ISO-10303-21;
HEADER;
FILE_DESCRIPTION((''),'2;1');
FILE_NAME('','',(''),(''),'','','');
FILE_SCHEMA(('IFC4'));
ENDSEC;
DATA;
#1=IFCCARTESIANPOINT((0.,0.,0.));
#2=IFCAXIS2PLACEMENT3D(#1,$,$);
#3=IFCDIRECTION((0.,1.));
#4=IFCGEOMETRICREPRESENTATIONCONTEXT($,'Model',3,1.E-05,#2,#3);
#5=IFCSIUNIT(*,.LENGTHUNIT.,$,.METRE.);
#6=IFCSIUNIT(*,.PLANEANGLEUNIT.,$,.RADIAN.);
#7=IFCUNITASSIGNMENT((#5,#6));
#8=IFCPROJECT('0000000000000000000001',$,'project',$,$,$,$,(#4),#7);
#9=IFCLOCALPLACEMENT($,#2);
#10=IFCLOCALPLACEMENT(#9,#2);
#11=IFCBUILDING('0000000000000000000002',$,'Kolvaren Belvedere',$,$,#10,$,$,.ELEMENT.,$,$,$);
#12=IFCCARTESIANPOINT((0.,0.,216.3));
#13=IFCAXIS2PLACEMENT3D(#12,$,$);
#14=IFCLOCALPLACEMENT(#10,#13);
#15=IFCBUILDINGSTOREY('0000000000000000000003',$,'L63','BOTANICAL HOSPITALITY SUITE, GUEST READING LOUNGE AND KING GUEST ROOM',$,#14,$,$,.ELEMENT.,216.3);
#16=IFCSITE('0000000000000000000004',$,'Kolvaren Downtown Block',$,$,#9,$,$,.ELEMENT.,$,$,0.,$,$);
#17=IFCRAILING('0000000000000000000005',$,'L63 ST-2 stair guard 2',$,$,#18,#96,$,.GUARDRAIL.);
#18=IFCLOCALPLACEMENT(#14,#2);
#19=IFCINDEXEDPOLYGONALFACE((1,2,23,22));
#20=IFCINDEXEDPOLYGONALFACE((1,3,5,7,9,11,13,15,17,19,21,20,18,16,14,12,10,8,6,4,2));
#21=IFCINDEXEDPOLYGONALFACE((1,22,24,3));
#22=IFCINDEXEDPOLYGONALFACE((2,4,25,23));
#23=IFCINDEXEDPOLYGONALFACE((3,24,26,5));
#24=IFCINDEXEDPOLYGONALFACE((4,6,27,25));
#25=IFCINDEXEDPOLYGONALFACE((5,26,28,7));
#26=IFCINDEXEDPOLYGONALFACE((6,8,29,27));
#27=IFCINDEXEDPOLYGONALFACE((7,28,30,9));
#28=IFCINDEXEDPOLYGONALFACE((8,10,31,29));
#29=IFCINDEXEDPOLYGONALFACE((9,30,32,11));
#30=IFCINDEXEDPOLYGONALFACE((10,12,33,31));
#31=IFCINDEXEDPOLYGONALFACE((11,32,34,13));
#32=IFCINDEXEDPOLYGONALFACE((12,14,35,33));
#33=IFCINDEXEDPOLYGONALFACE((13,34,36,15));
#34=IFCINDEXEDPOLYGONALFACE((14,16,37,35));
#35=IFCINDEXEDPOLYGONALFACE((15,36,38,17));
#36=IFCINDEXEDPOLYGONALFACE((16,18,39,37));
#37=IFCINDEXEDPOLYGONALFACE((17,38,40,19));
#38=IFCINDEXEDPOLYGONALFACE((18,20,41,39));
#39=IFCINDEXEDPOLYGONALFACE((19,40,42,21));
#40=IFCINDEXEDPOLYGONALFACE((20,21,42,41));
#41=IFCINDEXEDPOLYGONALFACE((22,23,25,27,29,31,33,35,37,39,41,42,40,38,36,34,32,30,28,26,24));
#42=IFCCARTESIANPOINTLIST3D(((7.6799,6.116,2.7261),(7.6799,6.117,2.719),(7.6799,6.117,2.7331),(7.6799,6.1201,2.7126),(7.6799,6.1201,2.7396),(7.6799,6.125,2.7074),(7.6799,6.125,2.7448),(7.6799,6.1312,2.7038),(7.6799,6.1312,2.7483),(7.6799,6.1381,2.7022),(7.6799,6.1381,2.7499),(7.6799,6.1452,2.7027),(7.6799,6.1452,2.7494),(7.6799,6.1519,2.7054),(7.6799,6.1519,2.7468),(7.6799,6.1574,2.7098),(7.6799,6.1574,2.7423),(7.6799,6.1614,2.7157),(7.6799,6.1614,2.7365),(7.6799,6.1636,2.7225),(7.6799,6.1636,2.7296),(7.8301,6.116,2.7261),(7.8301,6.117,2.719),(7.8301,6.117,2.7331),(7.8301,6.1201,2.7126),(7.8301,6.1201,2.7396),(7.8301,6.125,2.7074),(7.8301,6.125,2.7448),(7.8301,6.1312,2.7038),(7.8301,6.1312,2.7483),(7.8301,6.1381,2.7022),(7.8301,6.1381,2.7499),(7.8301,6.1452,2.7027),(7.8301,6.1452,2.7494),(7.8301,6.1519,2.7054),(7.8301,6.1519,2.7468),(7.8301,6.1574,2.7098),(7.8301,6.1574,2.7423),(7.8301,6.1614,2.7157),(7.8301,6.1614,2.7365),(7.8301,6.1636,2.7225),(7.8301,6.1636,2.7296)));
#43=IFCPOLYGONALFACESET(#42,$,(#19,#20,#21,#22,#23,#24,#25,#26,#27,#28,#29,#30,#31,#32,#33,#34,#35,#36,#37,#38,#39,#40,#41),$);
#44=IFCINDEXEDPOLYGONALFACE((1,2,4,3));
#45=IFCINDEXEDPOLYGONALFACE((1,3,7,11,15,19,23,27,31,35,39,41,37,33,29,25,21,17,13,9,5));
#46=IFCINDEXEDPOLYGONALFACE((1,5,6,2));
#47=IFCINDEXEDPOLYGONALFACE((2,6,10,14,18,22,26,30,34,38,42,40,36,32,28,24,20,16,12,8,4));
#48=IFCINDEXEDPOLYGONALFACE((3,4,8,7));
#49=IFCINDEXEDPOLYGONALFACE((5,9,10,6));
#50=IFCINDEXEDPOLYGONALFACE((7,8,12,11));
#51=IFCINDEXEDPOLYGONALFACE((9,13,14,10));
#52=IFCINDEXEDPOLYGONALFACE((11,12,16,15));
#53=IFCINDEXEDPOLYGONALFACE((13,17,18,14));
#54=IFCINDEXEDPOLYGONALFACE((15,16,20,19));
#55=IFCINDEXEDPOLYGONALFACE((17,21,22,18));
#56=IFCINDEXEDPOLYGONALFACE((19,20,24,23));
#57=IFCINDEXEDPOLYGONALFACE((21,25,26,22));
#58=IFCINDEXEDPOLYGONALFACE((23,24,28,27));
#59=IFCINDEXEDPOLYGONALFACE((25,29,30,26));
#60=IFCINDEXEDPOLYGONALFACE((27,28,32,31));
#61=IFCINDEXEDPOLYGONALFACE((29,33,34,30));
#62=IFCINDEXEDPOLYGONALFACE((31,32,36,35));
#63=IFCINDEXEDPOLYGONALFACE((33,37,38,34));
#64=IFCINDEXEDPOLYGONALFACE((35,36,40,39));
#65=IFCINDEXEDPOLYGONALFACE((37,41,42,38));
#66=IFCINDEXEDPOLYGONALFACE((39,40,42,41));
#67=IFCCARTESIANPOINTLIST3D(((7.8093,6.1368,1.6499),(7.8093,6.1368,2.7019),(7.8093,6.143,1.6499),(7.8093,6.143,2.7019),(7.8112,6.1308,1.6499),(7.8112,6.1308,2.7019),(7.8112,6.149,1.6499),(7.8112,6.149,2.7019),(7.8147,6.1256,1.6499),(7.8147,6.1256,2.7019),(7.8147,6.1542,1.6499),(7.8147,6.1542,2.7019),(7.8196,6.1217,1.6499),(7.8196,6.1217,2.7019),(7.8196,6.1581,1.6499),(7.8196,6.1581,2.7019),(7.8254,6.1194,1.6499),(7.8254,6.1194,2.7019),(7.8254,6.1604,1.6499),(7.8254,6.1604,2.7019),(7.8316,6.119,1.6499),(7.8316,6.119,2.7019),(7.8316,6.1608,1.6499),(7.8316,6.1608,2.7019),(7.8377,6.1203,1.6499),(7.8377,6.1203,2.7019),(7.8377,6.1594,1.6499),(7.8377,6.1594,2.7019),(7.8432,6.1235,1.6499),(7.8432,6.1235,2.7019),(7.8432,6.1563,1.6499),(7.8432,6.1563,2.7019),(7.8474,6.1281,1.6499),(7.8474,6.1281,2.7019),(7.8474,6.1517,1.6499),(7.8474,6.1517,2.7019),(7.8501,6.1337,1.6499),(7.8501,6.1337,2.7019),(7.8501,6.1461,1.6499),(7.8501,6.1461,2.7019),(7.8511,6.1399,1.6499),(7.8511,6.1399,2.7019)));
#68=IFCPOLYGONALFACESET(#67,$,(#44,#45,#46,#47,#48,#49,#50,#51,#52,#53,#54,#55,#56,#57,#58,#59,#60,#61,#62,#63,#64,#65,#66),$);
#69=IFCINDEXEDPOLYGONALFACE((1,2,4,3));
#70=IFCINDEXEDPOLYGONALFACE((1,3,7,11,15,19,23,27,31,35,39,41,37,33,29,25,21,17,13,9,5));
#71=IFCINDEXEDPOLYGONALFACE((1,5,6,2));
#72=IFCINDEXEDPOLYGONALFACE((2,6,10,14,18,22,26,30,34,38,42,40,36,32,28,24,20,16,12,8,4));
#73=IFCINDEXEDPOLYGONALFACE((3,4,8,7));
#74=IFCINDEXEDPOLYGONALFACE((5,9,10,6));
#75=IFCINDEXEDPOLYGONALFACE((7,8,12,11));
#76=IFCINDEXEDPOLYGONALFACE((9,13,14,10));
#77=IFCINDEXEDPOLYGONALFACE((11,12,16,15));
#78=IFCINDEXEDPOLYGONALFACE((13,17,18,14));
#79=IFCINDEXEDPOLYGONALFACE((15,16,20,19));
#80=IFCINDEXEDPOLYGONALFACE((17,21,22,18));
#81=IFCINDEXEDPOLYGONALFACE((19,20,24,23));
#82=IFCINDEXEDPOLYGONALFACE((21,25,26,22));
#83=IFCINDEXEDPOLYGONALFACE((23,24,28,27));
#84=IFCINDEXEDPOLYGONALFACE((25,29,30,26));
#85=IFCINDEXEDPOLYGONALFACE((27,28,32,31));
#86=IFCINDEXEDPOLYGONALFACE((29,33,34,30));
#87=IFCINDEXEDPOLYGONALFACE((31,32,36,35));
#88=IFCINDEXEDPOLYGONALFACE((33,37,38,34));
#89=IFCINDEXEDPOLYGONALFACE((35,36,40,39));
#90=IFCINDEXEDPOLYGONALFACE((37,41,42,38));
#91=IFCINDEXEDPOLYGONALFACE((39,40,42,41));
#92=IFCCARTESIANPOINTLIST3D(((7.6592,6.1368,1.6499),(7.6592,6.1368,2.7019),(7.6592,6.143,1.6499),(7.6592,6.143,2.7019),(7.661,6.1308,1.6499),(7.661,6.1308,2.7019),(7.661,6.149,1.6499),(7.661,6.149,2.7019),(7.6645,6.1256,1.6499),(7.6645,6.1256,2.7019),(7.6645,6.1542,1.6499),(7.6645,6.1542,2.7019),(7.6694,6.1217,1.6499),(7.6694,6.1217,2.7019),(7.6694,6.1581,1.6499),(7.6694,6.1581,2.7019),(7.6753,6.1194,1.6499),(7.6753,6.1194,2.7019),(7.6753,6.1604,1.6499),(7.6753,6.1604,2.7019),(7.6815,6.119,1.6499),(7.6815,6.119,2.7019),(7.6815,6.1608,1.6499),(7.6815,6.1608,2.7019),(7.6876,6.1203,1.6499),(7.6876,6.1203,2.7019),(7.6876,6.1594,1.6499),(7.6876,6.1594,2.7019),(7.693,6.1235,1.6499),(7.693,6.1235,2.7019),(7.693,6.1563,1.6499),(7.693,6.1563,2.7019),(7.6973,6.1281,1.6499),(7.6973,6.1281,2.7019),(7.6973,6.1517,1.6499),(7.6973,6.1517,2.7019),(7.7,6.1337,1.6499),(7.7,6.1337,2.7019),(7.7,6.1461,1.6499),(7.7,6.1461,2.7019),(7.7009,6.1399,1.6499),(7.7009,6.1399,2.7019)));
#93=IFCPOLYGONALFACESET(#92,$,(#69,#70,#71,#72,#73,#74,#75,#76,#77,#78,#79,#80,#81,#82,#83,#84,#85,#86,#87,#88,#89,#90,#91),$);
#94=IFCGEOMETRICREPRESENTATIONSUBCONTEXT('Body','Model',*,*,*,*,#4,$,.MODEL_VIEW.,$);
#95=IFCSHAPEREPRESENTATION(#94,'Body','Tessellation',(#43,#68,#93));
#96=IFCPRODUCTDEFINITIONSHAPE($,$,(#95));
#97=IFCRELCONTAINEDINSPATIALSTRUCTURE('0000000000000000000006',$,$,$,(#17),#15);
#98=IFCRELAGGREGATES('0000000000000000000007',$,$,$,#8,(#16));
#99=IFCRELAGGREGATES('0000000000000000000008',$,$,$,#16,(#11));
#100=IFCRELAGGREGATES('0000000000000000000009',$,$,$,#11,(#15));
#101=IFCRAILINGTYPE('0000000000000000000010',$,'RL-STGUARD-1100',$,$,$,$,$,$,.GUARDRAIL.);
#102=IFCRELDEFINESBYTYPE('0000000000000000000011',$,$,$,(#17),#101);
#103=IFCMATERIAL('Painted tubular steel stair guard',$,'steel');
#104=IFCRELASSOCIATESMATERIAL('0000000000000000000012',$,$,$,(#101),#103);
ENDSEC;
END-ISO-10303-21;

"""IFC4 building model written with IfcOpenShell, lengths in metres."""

from ifc_helpers import new_model, si_unit, direction, frame, origin, origin_2d, place, context, subcontext, project, spatial, circle, extrude, material, type_object, element, save


model = new_model("IFC4")

# Units and contexts
model_context = context("Model", 3, precision=1e-05, world=origin(), true_north=direction((0.0, 1.0)))
body_context = subcontext(model_context, "Body", "Model", "MODEL_VIEW")
ifc_project = project(units=[si_unit("LENGTHUNIT", "METRE"), si_unit("PLANEANGLEUNIT", "RADIAN")], contexts=[model_context])

# Site, building, storey
site_placement = place(None, origin())
site = spatial("IfcSite", under=ifc_project, at=site_placement, Name="Kolvaren Downtown Block", CompositionType="ELEMENT", RefElevation=0.0)
building_placement = place(site_placement, origin())
building = spatial("IfcBuilding", under=site, at=building_placement, Name="Kolvaren Belvedere", CompositionType="ELEMENT")
storey_placement = place(building_placement, frame((0.0, 0.0, 216.3)))
storey = spatial("IfcBuildingStorey", under=building, at=storey_placement, Name="L63", Description="BOTANICAL HOSPITALITY SUITE, GUEST READING LOUNGE AND KING GUEST ROOM", CompositionType="ELEMENT", Elevation=216.3)

# Railing
ifc_material_1 = material(Name="Painted tubular steel stair guard", Category="steel")
railing_type_1 = type_object("IfcRailingType", Name="RL-STGUARD-1100", PredefinedType="GUARDRAIL", material=ifc_material_1)
railing_1_placement = place(storey_placement, frame((7.8301, 6.1399, 1.6499)))
element("IfcRailing", 1, at=railing_1_placement, inside=storey, type_object=railing_type_1, Name="L63 ST-2 stair guard 2", PredefinedType="GUARDRAIL", context=body_context, shape_type="SweptSolid", body=[
    extrude(circle(Radius=0.0239, at=origin_2d()), frame((0.0, 0.0, 1.0762), z_axis=(-1.0, 0.0, 0.0), x_axis=(0.0, -1.0, 0.0)), (0.0, 0.0, 1.0), 0.1501),
    extrude(circle(Radius=0.021, at=origin_2d()), origin(), (0.0, 0.0, 1.0), 1.052),
    extrude(circle(Radius=0.021, at=origin_2d()), frame((-0.1501, 0.0, 0.0)), (0.0, 0.0, 1.0), 1.052),
])

save(model, "model.ifc")
